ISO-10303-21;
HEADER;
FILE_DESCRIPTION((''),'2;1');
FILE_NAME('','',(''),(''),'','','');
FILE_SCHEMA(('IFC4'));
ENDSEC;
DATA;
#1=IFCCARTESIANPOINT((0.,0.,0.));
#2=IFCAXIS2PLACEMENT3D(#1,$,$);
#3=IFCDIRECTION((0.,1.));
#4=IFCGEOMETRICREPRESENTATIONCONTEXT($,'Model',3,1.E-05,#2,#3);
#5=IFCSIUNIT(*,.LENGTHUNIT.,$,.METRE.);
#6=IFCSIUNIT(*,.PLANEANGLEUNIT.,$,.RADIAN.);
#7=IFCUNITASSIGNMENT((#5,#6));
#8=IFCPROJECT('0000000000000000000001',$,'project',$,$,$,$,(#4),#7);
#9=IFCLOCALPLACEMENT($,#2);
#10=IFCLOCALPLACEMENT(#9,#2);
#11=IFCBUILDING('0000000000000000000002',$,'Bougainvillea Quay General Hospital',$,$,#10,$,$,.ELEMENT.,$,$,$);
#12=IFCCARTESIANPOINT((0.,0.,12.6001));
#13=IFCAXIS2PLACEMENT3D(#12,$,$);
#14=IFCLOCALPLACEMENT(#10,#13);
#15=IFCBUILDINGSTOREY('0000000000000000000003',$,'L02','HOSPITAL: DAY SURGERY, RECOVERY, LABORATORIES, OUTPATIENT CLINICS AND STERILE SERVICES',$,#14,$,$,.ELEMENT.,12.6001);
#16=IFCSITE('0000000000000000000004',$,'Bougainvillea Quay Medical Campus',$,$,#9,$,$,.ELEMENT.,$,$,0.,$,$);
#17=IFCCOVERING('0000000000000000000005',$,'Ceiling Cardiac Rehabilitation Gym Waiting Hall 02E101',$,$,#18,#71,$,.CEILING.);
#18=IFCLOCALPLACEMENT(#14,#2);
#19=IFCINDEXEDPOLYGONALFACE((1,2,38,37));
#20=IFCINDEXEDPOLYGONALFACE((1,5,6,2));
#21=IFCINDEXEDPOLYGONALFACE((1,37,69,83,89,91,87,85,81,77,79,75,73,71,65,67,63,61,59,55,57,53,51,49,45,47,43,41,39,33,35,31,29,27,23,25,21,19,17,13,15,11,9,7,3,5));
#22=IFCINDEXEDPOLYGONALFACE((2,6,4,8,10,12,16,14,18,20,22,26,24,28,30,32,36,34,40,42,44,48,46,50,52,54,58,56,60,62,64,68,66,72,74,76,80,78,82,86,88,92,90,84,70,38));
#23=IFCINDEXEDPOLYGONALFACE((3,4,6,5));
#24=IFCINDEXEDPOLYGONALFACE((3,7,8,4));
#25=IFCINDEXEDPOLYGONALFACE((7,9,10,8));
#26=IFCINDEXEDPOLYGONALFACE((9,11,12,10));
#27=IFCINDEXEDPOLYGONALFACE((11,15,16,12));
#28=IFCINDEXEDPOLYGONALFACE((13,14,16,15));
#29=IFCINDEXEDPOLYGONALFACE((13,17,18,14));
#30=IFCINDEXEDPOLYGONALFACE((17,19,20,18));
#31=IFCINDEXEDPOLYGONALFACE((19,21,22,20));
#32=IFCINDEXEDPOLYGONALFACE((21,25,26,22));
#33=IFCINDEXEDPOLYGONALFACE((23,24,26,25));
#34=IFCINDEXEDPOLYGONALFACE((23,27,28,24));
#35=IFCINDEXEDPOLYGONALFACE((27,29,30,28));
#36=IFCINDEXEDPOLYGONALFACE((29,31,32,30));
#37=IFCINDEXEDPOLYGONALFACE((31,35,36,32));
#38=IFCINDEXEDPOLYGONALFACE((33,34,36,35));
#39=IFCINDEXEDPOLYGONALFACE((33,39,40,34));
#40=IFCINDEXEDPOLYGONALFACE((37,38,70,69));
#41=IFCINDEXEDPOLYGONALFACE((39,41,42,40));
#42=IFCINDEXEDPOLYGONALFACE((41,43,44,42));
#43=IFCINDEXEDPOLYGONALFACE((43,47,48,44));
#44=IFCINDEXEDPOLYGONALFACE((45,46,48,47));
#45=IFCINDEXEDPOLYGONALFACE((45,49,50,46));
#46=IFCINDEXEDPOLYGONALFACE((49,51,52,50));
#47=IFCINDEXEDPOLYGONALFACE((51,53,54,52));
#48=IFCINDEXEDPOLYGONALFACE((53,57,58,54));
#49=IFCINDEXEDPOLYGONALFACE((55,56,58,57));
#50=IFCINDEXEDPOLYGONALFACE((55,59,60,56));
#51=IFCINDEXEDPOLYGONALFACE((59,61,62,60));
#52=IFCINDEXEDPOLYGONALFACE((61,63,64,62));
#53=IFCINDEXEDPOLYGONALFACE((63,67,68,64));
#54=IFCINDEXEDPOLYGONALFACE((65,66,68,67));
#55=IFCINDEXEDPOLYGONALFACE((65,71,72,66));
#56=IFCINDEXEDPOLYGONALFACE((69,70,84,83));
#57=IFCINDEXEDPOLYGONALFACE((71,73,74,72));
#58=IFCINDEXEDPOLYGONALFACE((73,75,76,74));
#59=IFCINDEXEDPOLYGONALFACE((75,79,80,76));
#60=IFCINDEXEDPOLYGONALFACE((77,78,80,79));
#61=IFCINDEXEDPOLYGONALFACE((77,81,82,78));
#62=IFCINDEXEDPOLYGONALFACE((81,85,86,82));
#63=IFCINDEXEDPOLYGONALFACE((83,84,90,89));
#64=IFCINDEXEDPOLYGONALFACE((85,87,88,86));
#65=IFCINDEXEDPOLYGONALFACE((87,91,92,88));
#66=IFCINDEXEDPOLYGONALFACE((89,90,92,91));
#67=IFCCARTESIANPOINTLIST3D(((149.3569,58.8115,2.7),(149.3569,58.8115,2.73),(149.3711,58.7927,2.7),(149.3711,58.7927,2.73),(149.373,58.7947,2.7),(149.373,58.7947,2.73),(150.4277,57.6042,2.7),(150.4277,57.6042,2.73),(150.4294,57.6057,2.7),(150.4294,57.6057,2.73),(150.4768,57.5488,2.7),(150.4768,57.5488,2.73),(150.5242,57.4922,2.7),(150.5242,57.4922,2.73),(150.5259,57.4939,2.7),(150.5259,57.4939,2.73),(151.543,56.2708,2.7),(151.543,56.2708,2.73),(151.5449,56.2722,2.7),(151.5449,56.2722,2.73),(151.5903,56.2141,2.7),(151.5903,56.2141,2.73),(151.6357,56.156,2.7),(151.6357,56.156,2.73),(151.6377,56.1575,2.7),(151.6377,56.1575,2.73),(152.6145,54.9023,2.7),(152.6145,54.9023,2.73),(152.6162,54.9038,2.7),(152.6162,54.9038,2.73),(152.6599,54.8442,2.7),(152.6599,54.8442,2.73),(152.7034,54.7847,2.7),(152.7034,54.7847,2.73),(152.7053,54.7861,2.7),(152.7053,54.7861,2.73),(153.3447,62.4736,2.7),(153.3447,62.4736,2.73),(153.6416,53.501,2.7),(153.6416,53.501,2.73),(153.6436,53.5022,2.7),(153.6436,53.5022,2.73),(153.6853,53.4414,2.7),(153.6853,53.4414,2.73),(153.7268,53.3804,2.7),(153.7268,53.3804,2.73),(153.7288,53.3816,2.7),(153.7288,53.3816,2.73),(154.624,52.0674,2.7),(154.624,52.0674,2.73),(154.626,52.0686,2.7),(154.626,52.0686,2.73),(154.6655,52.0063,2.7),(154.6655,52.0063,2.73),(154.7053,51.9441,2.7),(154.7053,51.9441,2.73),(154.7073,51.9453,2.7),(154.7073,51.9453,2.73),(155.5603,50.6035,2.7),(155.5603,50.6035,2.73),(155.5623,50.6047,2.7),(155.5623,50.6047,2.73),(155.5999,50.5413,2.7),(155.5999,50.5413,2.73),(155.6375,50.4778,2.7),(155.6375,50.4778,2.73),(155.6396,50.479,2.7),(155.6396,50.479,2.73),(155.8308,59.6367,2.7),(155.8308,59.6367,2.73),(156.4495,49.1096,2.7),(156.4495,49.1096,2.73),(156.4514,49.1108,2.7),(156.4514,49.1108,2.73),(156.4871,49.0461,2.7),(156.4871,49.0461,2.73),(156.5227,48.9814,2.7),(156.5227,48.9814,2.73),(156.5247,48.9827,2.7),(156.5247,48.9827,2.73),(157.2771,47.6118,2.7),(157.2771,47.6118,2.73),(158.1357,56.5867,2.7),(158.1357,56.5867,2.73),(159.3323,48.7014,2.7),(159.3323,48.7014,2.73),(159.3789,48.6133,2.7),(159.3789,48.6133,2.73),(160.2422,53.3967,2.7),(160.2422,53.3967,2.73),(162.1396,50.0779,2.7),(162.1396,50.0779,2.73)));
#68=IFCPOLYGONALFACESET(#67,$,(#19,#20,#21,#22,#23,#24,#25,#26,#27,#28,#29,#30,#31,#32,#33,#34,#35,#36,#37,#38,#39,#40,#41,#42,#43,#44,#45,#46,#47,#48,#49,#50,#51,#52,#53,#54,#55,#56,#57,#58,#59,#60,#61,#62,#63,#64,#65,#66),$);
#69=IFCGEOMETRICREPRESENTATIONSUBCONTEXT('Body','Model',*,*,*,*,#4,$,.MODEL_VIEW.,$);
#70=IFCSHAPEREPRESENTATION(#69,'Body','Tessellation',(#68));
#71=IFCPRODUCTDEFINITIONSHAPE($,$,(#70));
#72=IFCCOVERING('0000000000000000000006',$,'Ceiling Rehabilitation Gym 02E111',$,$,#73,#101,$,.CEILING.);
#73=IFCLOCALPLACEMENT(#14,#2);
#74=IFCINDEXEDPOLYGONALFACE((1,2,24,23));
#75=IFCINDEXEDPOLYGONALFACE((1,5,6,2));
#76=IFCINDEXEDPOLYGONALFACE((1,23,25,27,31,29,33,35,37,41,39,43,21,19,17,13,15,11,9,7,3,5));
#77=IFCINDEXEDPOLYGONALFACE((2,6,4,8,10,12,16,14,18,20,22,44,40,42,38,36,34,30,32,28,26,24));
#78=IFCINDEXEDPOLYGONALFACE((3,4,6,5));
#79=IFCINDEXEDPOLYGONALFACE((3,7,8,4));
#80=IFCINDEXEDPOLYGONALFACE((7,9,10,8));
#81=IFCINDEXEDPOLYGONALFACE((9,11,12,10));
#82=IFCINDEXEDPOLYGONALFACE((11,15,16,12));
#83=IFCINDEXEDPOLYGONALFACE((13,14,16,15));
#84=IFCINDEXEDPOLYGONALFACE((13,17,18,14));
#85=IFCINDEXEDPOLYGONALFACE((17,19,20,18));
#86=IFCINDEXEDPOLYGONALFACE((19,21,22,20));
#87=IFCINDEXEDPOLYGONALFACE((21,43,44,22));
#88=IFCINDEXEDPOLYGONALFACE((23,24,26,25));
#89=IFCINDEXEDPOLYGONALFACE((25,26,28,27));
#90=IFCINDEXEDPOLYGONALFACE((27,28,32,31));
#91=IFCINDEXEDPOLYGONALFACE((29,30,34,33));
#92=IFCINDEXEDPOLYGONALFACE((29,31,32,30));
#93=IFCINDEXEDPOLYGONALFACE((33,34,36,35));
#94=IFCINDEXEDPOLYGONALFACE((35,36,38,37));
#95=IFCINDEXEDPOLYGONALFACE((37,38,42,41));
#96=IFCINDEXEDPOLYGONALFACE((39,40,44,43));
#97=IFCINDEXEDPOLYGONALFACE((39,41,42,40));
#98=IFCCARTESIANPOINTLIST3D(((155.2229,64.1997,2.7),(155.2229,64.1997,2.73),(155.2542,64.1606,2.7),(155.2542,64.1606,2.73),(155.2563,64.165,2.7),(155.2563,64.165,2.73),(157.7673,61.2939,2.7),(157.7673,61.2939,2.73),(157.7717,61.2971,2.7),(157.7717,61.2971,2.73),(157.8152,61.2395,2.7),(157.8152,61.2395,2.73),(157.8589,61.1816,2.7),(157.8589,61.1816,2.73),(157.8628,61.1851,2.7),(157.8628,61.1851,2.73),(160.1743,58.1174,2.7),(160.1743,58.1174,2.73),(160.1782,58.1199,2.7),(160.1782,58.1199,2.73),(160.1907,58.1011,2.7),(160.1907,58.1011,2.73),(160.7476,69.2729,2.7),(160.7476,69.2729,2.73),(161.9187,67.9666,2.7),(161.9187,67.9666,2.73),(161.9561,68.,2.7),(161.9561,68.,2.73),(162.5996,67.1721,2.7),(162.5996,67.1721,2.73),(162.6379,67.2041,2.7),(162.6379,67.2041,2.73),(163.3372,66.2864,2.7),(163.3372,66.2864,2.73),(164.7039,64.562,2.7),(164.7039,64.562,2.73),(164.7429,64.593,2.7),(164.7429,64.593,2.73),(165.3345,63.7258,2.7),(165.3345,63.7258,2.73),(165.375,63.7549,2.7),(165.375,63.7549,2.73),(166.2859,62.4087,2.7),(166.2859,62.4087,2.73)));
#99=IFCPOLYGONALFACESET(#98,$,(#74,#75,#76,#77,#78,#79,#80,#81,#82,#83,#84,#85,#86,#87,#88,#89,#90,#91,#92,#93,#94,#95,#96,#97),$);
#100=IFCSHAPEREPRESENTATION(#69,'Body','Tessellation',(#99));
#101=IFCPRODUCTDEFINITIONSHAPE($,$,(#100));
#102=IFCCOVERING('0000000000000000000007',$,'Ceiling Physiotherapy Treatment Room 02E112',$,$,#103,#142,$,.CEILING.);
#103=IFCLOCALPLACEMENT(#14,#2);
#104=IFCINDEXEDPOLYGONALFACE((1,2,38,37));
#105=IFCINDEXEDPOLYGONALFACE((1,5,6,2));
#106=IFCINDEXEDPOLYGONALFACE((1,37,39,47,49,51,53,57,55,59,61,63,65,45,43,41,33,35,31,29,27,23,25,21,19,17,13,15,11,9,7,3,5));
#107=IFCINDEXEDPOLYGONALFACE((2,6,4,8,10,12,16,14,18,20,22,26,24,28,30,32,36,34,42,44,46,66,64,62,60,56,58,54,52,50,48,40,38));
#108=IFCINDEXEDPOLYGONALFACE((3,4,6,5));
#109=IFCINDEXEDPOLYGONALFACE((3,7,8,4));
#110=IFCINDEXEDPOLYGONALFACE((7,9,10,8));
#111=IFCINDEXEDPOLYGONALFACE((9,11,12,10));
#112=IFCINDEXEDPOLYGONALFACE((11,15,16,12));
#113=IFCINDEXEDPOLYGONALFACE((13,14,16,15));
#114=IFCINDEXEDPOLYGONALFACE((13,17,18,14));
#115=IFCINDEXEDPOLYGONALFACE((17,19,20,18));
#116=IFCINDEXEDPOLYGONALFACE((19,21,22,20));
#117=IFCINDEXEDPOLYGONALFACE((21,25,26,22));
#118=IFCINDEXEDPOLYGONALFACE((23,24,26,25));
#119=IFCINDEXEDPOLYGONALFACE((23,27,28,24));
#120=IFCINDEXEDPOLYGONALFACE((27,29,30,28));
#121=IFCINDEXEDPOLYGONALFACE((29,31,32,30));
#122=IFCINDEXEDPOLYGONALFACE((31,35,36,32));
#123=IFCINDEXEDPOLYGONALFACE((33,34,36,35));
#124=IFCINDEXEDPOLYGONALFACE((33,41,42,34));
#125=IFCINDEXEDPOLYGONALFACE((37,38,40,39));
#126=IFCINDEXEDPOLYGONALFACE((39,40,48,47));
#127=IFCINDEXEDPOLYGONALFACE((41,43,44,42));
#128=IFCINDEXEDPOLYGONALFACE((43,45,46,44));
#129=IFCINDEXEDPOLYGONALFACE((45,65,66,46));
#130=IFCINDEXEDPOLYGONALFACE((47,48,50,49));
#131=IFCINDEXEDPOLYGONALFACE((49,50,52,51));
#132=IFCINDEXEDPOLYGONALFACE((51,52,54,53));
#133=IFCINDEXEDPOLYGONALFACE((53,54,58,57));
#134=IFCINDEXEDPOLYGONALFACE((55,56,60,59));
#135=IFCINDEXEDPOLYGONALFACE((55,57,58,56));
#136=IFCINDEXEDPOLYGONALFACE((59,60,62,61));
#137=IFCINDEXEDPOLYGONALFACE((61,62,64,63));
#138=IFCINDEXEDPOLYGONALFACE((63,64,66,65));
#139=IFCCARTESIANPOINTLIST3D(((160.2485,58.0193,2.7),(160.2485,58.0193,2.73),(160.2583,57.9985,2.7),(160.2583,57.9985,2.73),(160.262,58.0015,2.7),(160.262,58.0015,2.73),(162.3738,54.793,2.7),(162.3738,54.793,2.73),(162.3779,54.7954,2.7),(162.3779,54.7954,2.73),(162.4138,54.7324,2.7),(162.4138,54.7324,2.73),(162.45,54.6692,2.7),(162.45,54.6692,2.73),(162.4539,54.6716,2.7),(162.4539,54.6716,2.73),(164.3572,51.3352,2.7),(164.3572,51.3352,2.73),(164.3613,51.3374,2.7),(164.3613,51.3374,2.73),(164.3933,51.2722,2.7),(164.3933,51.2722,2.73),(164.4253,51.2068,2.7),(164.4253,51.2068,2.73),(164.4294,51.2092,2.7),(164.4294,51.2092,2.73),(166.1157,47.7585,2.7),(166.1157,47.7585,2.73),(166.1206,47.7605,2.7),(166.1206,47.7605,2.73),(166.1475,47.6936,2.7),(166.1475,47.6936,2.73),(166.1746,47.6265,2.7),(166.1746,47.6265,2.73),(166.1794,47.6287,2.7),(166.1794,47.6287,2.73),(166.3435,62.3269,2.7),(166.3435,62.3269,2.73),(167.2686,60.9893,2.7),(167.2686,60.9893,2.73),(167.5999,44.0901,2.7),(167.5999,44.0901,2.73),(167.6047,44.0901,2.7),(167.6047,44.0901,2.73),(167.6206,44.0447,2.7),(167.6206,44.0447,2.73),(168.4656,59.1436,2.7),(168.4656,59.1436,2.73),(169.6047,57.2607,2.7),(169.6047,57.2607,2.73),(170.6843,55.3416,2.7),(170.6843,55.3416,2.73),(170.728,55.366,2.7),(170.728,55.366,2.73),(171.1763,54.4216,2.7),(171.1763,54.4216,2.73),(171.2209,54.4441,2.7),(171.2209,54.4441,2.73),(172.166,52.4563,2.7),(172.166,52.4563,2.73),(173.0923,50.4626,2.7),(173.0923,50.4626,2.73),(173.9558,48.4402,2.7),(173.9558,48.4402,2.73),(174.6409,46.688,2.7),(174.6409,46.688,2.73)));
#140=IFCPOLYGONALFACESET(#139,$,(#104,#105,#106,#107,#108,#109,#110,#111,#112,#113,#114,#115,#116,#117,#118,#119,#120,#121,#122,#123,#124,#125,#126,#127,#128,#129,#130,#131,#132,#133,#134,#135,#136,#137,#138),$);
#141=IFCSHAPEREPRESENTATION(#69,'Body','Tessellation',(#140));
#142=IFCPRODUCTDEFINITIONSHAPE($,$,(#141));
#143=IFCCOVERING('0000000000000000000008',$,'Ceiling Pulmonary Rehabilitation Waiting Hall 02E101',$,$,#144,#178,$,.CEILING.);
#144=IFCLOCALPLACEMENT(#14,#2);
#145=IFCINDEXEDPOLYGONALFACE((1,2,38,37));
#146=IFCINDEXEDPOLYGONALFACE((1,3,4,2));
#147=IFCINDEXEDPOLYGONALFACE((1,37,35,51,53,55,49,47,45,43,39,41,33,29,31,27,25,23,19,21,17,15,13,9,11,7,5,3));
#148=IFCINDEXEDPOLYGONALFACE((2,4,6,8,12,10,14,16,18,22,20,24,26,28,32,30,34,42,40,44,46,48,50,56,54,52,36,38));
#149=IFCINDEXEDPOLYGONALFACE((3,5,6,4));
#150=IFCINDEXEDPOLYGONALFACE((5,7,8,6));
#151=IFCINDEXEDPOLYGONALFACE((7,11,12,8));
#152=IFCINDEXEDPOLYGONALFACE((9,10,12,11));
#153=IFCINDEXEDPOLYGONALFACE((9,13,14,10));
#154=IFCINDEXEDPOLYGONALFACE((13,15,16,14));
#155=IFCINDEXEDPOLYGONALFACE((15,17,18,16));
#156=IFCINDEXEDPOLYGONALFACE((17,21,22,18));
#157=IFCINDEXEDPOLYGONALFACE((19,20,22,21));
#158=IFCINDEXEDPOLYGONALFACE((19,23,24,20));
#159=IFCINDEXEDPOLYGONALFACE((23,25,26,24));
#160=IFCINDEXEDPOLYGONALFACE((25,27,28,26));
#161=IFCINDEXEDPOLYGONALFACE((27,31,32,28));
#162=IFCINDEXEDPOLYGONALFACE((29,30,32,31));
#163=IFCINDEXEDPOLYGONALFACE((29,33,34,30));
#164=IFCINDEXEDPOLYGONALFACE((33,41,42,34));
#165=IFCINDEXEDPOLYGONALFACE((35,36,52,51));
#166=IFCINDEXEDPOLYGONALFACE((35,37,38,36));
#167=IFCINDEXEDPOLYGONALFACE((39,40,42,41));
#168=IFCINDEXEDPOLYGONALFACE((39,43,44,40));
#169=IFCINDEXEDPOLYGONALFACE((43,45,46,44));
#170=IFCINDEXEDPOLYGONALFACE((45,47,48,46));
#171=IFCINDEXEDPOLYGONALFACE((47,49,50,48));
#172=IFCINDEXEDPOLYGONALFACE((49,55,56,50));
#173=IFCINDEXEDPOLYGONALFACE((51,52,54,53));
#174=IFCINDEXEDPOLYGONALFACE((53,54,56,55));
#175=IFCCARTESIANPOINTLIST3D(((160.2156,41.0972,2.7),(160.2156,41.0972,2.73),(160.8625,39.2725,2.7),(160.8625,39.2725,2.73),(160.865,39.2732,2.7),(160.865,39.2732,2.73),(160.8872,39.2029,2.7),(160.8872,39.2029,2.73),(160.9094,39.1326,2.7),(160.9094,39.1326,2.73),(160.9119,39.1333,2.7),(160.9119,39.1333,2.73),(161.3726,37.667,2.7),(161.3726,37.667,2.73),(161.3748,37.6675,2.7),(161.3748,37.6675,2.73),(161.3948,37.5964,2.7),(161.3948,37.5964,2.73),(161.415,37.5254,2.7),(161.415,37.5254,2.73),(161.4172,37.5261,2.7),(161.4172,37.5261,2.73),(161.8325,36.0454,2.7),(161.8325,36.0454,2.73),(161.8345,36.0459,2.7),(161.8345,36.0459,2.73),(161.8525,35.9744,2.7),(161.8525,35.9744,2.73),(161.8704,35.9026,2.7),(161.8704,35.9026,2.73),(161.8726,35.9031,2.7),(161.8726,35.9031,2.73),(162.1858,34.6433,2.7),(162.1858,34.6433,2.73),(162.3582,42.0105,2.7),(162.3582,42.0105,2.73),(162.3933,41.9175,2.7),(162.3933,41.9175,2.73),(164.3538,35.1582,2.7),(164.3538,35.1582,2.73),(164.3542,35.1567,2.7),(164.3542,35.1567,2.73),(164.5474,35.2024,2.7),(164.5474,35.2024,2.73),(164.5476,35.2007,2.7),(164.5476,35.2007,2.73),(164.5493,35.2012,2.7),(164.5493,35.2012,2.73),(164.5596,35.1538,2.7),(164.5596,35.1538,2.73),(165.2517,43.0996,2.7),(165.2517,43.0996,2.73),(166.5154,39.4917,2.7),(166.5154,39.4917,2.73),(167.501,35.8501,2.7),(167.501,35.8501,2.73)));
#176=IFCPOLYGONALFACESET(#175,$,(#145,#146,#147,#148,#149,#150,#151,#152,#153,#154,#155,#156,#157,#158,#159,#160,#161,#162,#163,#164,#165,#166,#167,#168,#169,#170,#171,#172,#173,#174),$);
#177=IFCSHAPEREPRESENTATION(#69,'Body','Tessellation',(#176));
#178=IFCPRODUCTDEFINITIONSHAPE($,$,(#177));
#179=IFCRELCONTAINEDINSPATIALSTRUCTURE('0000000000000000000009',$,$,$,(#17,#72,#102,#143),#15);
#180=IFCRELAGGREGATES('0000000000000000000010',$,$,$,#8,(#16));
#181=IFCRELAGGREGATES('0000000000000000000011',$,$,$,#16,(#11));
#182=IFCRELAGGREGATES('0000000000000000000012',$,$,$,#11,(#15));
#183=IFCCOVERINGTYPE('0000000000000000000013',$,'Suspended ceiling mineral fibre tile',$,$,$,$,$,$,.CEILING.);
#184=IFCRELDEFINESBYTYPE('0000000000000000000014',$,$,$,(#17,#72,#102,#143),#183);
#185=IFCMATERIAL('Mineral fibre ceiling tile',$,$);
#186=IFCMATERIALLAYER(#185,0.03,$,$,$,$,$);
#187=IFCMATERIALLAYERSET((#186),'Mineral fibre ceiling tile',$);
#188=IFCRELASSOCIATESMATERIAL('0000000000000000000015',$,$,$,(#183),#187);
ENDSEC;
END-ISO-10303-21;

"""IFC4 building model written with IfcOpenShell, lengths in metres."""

from ifc_helpers import new_model, si_unit, direction, frame, origin, place, context, subcontext, project, spatial, polyline, outline, extrude, material, layer, layer_set, type_object, element, save


model = new_model("IFC4")

# Units and contexts
model_context = context("Model", 3, precision=1e-05, world=origin(), true_north=direction((0.0, 1.0)))
body_context = subcontext(model_context, "Body", "Model", "MODEL_VIEW")
ifc_project = project(units=[si_unit("LENGTHUNIT", "METRE"), si_unit("PLANEANGLEUNIT", "RADIAN")], contexts=[model_context])

# Site, building, storey
site_placement = place(None, origin())
site = spatial("IfcSite", under=ifc_project, at=site_placement, Name="Bougainvillea Quay Medical Campus", CompositionType="ELEMENT", RefElevation=0.0)
building_placement = place(site_placement, origin())
building = spatial("IfcBuilding", under=site, at=building_placement, Name="Bougainvillea Quay General Hospital", CompositionType="ELEMENT")
storey_placement = place(building_placement, frame((0.0, 0.0, 12.6001)))
storey = spatial("IfcBuildingStorey", under=building, at=storey_placement, Name="L02", Description="HOSPITAL: DAY SURGERY, RECOVERY, LABORATORIES, OUTPATIENT CLINICS AND STERILE SERVICES", CompositionType="ELEMENT", Elevation=12.6001)

# Coverings
ifc_material = material(Name="Mineral fibre ceiling tile")
ifc_layer = layer(ifc_material, 0.03)
ifc_layer_set = layer_set([ifc_layer], Name="Mineral fibre ceiling tile")
covering_type = type_object("IfcCoveringType", Name="Suspended ceiling mineral fibre tile", PredefinedType="CEILING", material=ifc_layer_set)
covering_1_placement = place(storey_placement, frame((0.0, 0.0, 2.7)))
element("IfcCovering", 1, at=covering_1_placement, inside=storey, type_object=covering_type, Name="Ceiling Cardiac Rehabilitation Gym Waiting Hall 02E101", PredefinedType="CEILING", context=body_context, shape_type="SweptSolid", body=[
    extrude(outline(polyline([(162.1396, 50.0779), (160.2422, 53.3967), (158.1357, 56.5867), (155.8308, 59.6367), (153.3447, 62.4736), (149.3569, 58.8115), (149.373, 58.7947), (149.3711, 58.7927), (150.4277, 57.6042), (150.4294, 57.6057), (150.4768, 57.5488), (150.5259, 57.4939), (150.5242, 57.4922), (151.543, 56.2708), (151.5449, 56.2722), (151.5903, 56.2141), (151.6377, 56.1575), (151.6357, 56.156), (152.6145, 54.9023), (152.6162, 54.9038), (152.6599, 54.8442), (152.7053, 54.7861), (152.7034, 54.7847), (153.6416, 53.501), (153.6436, 53.5022), (153.6853, 53.4414), (153.7288, 53.3816), (153.7268, 53.3804), (154.624, 52.0674), (154.626, 52.0686), (154.6655, 52.0063), (154.7073, 51.9453), (154.7053, 51.9441), (155.5603, 50.6035), (155.5623, 50.6047), (155.5999, 50.5413), (155.6396, 50.479), (155.6375, 50.4778), (156.4495, 49.1096), (156.4514, 49.1108), (156.4871, 49.0461), (156.5247, 48.9827), (156.5227, 48.9814), (157.2771, 47.6118), (159.3323, 48.7014), (159.3789, 48.6133), (162.1396, 50.0779)])), origin(), (0.0, 0.0, 1.0), 0.03),
])
covering_2_placement = place(storey_placement, frame((0.0, 0.0, 2.7)))
element("IfcCovering", 2, at=covering_2_placement, inside=storey, type_object=covering_type, Name="Ceiling Rehabilitation Gym 02E111", PredefinedType="CEILING", context=body_context, shape_type="SweptSolid", body=[
    extrude(outline(polyline([(164.7429, 64.593), (164.7039, 64.562), (163.3372, 66.2864), (162.5996, 67.1721), (162.6379, 67.2041), (161.9561, 68.0), (161.9187, 67.9666), (160.7476, 69.2729), (155.2229, 64.1997), (155.2563, 64.165), (155.2542, 64.1606), (157.7673, 61.2939), (157.7717, 61.2971), (157.8152, 61.2395), (157.8628, 61.1851), (157.8589, 61.1816), (160.1743, 58.1174), (160.1782, 58.1199), (160.1907, 58.1011), (166.2859, 62.4087), (165.3345, 63.7258), (165.375, 63.7549), (164.7429, 64.593)])), origin(), (0.0, 0.0, 1.0), 0.03),
])
covering_3_placement = place(storey_placement, frame((0.0, 0.0, 2.7)))
element("IfcCovering", 3, at=covering_3_placement, inside=storey, type_object=covering_type, Name="Ceiling Physiotherapy Treatment Room 02E112", PredefinedType="CEILING", context=body_context, shape_type="SweptSolid", body=[
    extrude(outline(polyline([(170.728, 55.366), (170.6843, 55.3416), (169.6047, 57.2607), (168.4656, 59.1436), (167.2686, 60.9893), (166.3435, 62.3269), (160.2485, 58.0193), (160.262, 58.0015), (160.2583, 57.9985), (162.3738, 54.793), (162.3779, 54.7954), (162.4138, 54.7324), (162.4539, 54.6716), (162.45, 54.6692), (164.3572, 51.3352), (164.3613, 51.3374), (164.3933, 51.2722), (164.4294, 51.2092), (164.4253, 51.2068), (166.1157, 47.7585), (166.1206, 47.7605), (166.1475, 47.6936), (166.1794, 47.6287), (166.1746, 47.6265), (167.5999, 44.0901), (167.6047, 44.0901), (167.6206, 44.0447), (174.6409, 46.688), (173.9558, 48.4402), (173.0923, 50.4626), (172.166, 52.4563), (171.1763, 54.4216), (171.2209, 54.4441), (170.728, 55.366)])), origin(), (0.0, 0.0, 1.0), 0.03),
])
covering_4_placement = place(storey_placement, frame((0.0, 0.0, 2.7)))
element("IfcCovering", 4, at=covering_4_placement, inside=storey, type_object=covering_type, Name="Ceiling Pulmonary Rehabilitation Waiting Hall 02E101", PredefinedType="CEILING", context=body_context, shape_type="SweptSolid", body=[
    extrude(outline(polyline([(162.3582, 42.0105), (162.3933, 41.9175), (160.2156, 41.0972), (160.8625, 39.2725), (160.865, 39.2732), (160.8872, 39.2029), (160.9119, 39.1333), (160.9094, 39.1326), (161.3726, 37.667), (161.3748, 37.6675), (161.3948, 37.5964), (161.4172, 37.5261), (161.415, 37.5254), (161.8325, 36.0454), (161.8345, 36.0459), (161.8525, 35.9744), (161.8726, 35.9031), (161.8704, 35.9026), (162.1858, 34.6433), (164.3542, 35.1567), (164.3538, 35.1582), (164.5474, 35.2024), (164.5476, 35.2007), (164.5493, 35.2012), (164.5596, 35.1538), (167.501, 35.8501), (166.5154, 39.4917), (165.2517, 43.0996), (162.3582, 42.0105)])), origin(), (0.0, 0.0, 1.0), 0.03),
])

save(model, "model.ifc")
